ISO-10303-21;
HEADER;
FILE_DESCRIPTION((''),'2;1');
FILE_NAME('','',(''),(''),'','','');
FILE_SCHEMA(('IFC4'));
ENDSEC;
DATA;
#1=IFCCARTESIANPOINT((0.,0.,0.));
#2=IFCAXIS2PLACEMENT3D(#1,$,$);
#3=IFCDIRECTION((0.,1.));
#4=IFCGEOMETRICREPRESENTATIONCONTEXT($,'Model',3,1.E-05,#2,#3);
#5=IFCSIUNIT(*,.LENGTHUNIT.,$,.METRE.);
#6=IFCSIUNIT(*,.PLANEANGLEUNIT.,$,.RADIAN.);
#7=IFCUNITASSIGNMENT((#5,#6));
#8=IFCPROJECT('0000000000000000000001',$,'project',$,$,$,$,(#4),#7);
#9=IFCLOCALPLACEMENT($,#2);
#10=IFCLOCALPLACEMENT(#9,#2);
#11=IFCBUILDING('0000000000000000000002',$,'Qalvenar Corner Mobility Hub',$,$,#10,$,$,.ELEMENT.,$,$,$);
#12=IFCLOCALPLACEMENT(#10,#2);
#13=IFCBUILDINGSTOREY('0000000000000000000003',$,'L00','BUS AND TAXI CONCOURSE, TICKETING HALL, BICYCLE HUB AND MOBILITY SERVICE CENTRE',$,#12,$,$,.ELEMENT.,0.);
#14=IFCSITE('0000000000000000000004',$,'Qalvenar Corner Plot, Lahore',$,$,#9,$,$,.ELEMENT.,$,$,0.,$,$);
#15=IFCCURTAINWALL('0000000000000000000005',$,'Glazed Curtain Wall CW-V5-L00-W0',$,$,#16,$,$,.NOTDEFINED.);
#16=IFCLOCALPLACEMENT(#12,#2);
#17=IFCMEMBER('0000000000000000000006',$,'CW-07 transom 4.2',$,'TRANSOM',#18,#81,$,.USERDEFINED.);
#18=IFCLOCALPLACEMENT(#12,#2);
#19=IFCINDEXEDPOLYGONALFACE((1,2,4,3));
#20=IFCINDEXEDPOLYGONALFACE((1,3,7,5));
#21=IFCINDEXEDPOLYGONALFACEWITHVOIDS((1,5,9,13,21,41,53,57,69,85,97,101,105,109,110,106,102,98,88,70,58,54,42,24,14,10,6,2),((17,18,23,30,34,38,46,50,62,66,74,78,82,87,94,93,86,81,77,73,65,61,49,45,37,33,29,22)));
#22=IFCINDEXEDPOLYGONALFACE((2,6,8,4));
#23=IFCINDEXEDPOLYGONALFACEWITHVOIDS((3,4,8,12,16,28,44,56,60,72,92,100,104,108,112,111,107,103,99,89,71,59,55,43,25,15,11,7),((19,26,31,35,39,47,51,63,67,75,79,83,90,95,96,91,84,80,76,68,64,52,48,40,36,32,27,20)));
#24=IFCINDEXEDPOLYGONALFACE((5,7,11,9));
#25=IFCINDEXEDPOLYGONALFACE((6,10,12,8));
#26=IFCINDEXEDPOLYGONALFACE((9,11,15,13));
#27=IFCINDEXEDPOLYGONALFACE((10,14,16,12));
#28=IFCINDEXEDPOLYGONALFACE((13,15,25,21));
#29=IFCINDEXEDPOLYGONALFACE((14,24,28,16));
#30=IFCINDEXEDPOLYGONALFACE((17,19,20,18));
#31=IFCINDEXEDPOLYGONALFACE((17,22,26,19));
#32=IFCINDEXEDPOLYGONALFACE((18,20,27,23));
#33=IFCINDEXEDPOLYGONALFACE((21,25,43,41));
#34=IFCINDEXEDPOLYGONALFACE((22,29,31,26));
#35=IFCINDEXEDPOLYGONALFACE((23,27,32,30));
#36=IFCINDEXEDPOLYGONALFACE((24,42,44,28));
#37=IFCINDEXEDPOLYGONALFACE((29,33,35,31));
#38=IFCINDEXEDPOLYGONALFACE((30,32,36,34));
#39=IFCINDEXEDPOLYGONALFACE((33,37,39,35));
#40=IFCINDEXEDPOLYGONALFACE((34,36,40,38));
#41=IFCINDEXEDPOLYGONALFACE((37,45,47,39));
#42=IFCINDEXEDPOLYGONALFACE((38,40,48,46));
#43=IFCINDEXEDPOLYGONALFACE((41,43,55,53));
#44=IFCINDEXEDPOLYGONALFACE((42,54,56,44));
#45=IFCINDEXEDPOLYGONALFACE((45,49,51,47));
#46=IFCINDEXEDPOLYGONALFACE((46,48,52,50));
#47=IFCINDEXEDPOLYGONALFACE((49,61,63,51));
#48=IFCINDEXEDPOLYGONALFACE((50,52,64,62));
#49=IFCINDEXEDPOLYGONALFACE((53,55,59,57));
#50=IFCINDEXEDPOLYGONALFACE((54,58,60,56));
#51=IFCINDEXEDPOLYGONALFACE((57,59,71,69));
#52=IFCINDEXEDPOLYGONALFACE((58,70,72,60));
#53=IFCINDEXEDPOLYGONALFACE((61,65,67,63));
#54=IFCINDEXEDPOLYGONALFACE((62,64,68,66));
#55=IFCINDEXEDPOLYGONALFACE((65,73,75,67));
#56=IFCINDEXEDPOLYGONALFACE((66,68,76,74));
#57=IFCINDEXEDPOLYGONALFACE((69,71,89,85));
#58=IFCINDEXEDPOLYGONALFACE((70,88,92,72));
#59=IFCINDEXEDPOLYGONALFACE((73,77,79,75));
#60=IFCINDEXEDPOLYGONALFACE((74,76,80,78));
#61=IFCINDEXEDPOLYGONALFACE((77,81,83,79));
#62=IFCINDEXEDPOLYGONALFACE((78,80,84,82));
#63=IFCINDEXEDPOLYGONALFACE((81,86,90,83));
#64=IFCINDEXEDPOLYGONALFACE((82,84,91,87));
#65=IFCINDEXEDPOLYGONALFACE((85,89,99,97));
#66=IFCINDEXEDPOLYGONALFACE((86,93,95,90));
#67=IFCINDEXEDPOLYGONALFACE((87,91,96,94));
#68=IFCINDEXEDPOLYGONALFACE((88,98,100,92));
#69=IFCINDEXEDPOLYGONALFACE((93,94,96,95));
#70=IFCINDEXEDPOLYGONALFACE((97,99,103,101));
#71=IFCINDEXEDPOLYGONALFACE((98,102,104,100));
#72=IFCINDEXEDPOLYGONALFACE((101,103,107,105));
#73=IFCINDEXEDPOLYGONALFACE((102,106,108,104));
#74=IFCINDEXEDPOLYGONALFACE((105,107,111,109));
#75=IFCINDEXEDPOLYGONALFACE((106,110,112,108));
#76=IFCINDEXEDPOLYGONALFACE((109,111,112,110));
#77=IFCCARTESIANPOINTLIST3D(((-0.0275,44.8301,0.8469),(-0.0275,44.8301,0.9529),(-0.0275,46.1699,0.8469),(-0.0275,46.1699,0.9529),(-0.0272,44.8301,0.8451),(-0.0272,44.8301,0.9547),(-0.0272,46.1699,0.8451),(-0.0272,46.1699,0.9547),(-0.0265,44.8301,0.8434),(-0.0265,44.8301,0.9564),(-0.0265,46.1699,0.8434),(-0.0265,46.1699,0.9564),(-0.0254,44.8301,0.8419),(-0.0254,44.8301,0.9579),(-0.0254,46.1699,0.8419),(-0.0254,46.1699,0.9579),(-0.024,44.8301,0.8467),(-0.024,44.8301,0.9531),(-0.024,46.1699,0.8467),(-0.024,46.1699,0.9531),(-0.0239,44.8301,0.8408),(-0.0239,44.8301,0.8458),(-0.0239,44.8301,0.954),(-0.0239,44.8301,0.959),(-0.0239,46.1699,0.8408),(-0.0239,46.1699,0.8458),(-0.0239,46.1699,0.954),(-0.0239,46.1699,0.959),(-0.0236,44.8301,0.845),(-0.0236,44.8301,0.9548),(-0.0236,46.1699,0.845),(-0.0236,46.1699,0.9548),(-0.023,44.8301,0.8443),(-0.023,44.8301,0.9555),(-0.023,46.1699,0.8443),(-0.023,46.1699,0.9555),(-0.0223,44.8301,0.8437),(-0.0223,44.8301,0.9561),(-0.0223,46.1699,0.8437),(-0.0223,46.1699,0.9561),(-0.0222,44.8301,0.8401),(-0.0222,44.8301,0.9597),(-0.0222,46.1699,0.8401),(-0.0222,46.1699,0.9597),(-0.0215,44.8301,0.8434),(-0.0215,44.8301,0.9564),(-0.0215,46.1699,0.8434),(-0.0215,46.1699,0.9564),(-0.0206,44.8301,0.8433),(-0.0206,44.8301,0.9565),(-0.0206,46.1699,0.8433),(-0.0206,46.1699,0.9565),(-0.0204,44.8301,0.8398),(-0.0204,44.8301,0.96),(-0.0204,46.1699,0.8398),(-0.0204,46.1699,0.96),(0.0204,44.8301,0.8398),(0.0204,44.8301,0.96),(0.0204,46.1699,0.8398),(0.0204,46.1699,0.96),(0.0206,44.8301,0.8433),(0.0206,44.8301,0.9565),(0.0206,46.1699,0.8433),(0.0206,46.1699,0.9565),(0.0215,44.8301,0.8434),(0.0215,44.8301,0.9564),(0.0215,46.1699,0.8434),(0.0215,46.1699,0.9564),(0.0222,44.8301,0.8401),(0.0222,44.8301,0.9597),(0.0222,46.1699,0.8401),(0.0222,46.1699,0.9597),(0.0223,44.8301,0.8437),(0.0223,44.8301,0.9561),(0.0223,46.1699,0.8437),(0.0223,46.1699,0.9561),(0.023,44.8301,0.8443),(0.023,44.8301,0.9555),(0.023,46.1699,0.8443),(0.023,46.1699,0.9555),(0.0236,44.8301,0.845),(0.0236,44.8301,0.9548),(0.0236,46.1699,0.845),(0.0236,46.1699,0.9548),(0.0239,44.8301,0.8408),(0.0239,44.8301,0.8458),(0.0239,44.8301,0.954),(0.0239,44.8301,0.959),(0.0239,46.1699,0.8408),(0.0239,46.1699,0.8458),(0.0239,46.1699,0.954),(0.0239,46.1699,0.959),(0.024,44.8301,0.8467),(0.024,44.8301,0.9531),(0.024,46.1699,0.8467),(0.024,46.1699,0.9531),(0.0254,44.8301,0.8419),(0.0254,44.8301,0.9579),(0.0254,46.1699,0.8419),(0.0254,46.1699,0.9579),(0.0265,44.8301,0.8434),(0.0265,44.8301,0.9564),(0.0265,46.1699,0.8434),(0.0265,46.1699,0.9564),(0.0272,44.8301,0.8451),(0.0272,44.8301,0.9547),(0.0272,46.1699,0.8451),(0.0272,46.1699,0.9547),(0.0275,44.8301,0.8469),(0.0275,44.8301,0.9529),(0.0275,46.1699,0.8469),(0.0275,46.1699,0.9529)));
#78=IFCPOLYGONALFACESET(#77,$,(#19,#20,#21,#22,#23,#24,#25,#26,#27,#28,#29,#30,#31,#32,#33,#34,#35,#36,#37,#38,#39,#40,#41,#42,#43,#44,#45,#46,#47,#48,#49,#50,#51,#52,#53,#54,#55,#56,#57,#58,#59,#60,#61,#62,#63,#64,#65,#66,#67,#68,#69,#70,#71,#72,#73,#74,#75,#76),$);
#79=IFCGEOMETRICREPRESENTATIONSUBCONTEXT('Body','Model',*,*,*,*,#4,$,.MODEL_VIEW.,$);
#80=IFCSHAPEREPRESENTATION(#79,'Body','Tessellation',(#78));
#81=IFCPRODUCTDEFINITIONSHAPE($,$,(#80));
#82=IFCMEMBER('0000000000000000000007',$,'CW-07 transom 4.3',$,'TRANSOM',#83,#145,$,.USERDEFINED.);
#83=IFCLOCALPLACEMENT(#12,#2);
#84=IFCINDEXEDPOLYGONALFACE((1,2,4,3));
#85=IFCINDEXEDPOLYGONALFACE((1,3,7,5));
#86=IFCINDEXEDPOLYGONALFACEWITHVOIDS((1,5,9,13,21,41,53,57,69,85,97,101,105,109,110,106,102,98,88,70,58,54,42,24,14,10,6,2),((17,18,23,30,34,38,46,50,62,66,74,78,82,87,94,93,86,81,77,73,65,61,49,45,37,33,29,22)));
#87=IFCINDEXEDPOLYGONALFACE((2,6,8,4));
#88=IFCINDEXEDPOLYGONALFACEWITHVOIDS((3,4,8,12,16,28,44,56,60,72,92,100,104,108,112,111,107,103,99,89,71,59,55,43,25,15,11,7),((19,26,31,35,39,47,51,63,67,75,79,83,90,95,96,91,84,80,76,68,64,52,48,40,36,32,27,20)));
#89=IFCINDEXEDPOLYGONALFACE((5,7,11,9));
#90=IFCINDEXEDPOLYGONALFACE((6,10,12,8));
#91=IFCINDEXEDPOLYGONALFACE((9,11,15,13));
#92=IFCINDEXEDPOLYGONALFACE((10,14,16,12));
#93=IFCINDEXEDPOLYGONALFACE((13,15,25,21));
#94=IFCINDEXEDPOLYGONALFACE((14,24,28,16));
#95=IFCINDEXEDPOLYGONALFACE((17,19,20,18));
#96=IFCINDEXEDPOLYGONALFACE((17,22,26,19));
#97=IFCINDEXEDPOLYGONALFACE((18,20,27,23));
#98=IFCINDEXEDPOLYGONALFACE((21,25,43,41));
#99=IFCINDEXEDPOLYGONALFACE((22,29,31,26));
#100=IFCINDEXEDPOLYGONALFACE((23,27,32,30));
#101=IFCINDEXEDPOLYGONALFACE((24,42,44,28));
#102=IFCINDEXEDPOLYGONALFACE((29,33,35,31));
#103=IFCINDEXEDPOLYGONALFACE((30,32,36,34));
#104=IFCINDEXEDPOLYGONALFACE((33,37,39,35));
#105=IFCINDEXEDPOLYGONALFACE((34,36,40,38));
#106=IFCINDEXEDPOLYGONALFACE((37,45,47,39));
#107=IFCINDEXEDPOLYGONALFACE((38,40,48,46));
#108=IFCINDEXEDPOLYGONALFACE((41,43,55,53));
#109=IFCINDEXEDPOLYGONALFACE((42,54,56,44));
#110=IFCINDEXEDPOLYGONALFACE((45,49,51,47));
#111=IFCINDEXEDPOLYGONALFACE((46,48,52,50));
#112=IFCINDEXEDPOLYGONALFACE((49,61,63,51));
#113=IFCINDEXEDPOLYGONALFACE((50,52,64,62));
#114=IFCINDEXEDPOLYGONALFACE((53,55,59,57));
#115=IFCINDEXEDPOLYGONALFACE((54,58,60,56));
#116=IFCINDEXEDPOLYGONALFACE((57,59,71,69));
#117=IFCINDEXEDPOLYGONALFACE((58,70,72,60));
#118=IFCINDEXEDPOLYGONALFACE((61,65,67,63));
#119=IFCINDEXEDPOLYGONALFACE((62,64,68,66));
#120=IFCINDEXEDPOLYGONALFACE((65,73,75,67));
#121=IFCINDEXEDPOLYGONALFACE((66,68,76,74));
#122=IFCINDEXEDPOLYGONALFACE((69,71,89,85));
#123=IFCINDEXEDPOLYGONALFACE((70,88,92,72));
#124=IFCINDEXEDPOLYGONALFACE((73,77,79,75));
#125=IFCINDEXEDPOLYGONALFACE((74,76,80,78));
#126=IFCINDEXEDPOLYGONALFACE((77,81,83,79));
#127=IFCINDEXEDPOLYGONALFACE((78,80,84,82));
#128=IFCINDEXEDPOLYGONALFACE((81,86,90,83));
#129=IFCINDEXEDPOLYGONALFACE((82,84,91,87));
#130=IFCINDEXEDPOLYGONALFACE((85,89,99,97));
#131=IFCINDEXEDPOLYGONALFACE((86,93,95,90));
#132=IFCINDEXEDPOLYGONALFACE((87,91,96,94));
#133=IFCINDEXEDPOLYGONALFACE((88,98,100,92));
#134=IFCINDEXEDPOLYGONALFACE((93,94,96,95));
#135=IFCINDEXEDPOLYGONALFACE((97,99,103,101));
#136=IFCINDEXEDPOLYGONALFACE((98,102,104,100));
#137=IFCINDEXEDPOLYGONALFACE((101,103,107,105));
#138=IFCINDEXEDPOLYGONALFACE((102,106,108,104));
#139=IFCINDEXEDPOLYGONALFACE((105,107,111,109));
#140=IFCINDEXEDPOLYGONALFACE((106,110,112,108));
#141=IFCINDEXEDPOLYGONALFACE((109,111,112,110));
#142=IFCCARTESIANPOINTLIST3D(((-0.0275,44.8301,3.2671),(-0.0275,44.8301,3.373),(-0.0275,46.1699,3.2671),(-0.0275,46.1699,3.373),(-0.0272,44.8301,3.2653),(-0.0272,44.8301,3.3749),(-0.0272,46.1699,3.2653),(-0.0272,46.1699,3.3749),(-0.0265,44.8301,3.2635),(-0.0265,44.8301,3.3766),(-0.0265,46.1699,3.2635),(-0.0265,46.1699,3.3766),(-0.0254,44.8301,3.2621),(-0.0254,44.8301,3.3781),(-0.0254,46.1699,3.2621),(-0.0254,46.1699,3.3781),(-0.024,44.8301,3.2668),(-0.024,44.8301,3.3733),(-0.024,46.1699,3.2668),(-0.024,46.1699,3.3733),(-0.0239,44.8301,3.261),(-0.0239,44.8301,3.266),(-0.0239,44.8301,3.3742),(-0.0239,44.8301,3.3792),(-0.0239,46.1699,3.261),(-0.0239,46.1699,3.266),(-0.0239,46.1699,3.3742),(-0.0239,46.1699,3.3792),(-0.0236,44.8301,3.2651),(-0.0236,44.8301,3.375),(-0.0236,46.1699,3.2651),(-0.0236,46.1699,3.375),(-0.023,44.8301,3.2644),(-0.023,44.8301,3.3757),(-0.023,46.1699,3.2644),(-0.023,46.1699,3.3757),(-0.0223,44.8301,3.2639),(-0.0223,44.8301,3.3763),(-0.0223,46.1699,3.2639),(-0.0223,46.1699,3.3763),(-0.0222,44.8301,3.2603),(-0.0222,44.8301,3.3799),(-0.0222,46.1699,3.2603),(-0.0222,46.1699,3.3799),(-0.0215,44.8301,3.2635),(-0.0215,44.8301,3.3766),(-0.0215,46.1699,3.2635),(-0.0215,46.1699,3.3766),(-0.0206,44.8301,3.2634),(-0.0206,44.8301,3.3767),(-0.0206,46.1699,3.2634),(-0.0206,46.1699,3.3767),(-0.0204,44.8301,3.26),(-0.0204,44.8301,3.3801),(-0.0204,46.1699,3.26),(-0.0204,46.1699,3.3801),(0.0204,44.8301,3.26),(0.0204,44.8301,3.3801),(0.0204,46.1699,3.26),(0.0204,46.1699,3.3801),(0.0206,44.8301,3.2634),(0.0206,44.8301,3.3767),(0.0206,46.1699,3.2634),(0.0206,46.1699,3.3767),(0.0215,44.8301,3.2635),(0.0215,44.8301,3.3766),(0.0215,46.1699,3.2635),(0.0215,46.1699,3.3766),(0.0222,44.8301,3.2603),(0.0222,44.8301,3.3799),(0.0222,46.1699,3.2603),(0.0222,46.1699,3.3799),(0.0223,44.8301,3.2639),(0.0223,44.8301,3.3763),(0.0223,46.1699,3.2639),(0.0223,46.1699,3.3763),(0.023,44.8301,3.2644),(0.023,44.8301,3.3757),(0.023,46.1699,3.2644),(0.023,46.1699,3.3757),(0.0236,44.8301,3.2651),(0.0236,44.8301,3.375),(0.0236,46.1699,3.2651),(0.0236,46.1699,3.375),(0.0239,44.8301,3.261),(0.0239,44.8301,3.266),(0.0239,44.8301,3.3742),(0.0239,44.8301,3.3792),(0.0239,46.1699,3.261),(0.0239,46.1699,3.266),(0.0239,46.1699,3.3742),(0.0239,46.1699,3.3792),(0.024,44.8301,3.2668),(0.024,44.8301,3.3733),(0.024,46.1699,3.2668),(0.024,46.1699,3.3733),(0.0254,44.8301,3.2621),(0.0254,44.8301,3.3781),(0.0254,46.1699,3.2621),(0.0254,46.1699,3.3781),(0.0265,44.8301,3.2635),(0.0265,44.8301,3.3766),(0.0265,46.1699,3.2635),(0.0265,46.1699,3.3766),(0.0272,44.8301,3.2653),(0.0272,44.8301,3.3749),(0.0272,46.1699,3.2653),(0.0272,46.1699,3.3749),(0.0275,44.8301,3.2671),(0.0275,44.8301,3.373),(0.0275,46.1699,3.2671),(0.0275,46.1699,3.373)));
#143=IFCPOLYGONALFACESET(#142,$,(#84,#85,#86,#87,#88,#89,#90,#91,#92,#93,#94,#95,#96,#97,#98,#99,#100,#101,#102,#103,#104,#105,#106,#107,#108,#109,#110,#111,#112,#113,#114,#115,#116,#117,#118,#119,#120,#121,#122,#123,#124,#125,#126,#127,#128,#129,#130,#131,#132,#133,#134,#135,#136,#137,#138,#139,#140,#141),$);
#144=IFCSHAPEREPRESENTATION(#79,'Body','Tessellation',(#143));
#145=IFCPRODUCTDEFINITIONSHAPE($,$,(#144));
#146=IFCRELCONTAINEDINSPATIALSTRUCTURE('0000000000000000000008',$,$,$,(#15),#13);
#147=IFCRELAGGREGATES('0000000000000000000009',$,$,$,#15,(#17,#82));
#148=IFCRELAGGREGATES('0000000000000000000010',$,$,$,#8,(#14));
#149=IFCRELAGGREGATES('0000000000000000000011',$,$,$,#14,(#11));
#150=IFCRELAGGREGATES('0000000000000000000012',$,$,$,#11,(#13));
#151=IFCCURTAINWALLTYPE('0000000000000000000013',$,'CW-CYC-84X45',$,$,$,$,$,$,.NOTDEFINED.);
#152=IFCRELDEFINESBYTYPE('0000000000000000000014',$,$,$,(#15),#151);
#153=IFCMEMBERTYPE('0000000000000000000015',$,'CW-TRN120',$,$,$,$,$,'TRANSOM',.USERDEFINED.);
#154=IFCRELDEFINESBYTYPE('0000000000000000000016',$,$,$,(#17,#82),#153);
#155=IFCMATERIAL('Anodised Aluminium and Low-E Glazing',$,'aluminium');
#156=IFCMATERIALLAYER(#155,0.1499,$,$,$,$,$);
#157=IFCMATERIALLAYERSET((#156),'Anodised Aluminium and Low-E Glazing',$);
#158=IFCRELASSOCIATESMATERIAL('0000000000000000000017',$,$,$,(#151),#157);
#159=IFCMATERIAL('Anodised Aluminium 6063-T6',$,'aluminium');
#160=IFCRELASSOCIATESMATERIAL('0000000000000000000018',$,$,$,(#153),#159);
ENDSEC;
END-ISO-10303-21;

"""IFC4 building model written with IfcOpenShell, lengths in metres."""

from ifc_helpers import new_model, si_unit, direction, frame, origin, origin_2d, place, context, subcontext, project, spatial, hollow_rectangle, extrude, material, layer, layer_set, material_profile, profile_set, type_object, element, aggregate, save


model = new_model("IFC4")

# Units and contexts
model_context = context("Model", 3, precision=1e-05, world=origin(), true_north=direction((0.0, 1.0)))
body_context = subcontext(model_context, "Body", "Model", "MODEL_VIEW")
ifc_project = project(units=[si_unit("LENGTHUNIT", "METRE"), si_unit("PLANEANGLEUNIT", "RADIAN")], contexts=[model_context])

# Site, building, storey
site_placement = place(None, origin())
site = spatial("IfcSite", under=ifc_project, at=site_placement, Name="Qalvenar Corner Plot, Lahore", CompositionType="ELEMENT", RefElevation=0.0)
building_placement = place(site_placement, origin())
building = spatial("IfcBuilding", under=site, at=building_placement, Name="Qalvenar Corner Mobility Hub", CompositionType="ELEMENT")
storey_placement = place(building_placement, origin())
storey = spatial("IfcBuildingStorey", under=building, at=storey_placement, Name="L00", Description="BUS AND TAXI CONCOURSE, TICKETING HALL, BICYCLE HUB AND MOBILITY SERVICE CENTRE", CompositionType="ELEMENT", Elevation=0.0)

# Curtain wall, members
ifc_material_1 = material(Name="Anodised Aluminium and Low-E Glazing", Category="aluminium")
ifc_layer_1 = layer(ifc_material_1, 0.1499)
ifc_layer_set_1 = layer_set([ifc_layer_1], Name="Anodised Aluminium and Low-E Glazing")
curtain_wall_type = type_object("IfcCurtainWallType", Name="CW-CYC-84X45", PredefinedType="NOTDEFINED", material=ifc_layer_set_1)
curtain_wall_placement = place(storey_placement, origin())
curtain_wall = element("IfcCurtainWall", 1, at=curtain_wall_placement, inside=storey, type_object=curtain_wall_type, Name="Glazed Curtain Wall CW-V5-L00-W0", PredefinedType="NOTDEFINED")
ifc_material_2 = material(Name="Anodised Aluminium 6063-T6", Category="aluminium")
ifc_material_profile_1 = material_profile(ifc_material_2, hollow_rectangle(XDim=0.0549, YDim=0.1201, WallThickness=0.0034, InnerFilletRadius=0.0034, OuterFilletRadius=0.0071, at=origin_2d()), Name="RHS120x55x3.5")
ifc_profile_set_1 = profile_set([ifc_material_profile_1], Name="Anodised Aluminium 6063-T6")
member_type_1 = type_object("IfcMemberType", Name="CW-TRN120", ElementType="TRANSOM", PredefinedType="USERDEFINED", material=ifc_profile_set_1)
member_1_placement = place(storey_placement, frame((0.0, 46.1699, 0.8999), z_axis=(0.0, -1.0, 0.0), x_axis=(1.0, 0.0, 0.0)))
member_1 = element("IfcMember", 2, at=member_1_placement, type_object=member_type_1, Name="CW-07 transom 4.2", ObjectType="TRANSOM", PredefinedType="USERDEFINED", context=body_context, shape_type="SweptSolid", body=[
    extrude(hollow_rectangle(XDim=0.0549, YDim=0.1201, WallThickness=0.0034, InnerFilletRadius=0.0034, OuterFilletRadius=0.0071, at=origin_2d()), origin(), (0.0, 0.0, 1.0), 1.3398),
])
member_2_placement = place(storey_placement, frame((0.0, 46.1699, 3.3201), z_axis=(0.0, -1.0, 0.0), x_axis=(1.0, 0.0, 0.0)))
member_2 = element("IfcMember", 3, at=member_2_placement, type_object=member_type_1, Name="CW-07 transom 4.3", ObjectType="TRANSOM", PredefinedType="USERDEFINED", context=body_context, shape_type="SweptSolid", body=[
    extrude(hollow_rectangle(XDim=0.0549, YDim=0.1201, WallThickness=0.0034, InnerFilletRadius=0.0034, OuterFilletRadius=0.0071, at=origin_2d()), origin(), (0.0, 0.0, 1.0), 1.3398),
])
aggregate(curtain_wall, [member_1, member_2])

save(model, "model.ifc")
